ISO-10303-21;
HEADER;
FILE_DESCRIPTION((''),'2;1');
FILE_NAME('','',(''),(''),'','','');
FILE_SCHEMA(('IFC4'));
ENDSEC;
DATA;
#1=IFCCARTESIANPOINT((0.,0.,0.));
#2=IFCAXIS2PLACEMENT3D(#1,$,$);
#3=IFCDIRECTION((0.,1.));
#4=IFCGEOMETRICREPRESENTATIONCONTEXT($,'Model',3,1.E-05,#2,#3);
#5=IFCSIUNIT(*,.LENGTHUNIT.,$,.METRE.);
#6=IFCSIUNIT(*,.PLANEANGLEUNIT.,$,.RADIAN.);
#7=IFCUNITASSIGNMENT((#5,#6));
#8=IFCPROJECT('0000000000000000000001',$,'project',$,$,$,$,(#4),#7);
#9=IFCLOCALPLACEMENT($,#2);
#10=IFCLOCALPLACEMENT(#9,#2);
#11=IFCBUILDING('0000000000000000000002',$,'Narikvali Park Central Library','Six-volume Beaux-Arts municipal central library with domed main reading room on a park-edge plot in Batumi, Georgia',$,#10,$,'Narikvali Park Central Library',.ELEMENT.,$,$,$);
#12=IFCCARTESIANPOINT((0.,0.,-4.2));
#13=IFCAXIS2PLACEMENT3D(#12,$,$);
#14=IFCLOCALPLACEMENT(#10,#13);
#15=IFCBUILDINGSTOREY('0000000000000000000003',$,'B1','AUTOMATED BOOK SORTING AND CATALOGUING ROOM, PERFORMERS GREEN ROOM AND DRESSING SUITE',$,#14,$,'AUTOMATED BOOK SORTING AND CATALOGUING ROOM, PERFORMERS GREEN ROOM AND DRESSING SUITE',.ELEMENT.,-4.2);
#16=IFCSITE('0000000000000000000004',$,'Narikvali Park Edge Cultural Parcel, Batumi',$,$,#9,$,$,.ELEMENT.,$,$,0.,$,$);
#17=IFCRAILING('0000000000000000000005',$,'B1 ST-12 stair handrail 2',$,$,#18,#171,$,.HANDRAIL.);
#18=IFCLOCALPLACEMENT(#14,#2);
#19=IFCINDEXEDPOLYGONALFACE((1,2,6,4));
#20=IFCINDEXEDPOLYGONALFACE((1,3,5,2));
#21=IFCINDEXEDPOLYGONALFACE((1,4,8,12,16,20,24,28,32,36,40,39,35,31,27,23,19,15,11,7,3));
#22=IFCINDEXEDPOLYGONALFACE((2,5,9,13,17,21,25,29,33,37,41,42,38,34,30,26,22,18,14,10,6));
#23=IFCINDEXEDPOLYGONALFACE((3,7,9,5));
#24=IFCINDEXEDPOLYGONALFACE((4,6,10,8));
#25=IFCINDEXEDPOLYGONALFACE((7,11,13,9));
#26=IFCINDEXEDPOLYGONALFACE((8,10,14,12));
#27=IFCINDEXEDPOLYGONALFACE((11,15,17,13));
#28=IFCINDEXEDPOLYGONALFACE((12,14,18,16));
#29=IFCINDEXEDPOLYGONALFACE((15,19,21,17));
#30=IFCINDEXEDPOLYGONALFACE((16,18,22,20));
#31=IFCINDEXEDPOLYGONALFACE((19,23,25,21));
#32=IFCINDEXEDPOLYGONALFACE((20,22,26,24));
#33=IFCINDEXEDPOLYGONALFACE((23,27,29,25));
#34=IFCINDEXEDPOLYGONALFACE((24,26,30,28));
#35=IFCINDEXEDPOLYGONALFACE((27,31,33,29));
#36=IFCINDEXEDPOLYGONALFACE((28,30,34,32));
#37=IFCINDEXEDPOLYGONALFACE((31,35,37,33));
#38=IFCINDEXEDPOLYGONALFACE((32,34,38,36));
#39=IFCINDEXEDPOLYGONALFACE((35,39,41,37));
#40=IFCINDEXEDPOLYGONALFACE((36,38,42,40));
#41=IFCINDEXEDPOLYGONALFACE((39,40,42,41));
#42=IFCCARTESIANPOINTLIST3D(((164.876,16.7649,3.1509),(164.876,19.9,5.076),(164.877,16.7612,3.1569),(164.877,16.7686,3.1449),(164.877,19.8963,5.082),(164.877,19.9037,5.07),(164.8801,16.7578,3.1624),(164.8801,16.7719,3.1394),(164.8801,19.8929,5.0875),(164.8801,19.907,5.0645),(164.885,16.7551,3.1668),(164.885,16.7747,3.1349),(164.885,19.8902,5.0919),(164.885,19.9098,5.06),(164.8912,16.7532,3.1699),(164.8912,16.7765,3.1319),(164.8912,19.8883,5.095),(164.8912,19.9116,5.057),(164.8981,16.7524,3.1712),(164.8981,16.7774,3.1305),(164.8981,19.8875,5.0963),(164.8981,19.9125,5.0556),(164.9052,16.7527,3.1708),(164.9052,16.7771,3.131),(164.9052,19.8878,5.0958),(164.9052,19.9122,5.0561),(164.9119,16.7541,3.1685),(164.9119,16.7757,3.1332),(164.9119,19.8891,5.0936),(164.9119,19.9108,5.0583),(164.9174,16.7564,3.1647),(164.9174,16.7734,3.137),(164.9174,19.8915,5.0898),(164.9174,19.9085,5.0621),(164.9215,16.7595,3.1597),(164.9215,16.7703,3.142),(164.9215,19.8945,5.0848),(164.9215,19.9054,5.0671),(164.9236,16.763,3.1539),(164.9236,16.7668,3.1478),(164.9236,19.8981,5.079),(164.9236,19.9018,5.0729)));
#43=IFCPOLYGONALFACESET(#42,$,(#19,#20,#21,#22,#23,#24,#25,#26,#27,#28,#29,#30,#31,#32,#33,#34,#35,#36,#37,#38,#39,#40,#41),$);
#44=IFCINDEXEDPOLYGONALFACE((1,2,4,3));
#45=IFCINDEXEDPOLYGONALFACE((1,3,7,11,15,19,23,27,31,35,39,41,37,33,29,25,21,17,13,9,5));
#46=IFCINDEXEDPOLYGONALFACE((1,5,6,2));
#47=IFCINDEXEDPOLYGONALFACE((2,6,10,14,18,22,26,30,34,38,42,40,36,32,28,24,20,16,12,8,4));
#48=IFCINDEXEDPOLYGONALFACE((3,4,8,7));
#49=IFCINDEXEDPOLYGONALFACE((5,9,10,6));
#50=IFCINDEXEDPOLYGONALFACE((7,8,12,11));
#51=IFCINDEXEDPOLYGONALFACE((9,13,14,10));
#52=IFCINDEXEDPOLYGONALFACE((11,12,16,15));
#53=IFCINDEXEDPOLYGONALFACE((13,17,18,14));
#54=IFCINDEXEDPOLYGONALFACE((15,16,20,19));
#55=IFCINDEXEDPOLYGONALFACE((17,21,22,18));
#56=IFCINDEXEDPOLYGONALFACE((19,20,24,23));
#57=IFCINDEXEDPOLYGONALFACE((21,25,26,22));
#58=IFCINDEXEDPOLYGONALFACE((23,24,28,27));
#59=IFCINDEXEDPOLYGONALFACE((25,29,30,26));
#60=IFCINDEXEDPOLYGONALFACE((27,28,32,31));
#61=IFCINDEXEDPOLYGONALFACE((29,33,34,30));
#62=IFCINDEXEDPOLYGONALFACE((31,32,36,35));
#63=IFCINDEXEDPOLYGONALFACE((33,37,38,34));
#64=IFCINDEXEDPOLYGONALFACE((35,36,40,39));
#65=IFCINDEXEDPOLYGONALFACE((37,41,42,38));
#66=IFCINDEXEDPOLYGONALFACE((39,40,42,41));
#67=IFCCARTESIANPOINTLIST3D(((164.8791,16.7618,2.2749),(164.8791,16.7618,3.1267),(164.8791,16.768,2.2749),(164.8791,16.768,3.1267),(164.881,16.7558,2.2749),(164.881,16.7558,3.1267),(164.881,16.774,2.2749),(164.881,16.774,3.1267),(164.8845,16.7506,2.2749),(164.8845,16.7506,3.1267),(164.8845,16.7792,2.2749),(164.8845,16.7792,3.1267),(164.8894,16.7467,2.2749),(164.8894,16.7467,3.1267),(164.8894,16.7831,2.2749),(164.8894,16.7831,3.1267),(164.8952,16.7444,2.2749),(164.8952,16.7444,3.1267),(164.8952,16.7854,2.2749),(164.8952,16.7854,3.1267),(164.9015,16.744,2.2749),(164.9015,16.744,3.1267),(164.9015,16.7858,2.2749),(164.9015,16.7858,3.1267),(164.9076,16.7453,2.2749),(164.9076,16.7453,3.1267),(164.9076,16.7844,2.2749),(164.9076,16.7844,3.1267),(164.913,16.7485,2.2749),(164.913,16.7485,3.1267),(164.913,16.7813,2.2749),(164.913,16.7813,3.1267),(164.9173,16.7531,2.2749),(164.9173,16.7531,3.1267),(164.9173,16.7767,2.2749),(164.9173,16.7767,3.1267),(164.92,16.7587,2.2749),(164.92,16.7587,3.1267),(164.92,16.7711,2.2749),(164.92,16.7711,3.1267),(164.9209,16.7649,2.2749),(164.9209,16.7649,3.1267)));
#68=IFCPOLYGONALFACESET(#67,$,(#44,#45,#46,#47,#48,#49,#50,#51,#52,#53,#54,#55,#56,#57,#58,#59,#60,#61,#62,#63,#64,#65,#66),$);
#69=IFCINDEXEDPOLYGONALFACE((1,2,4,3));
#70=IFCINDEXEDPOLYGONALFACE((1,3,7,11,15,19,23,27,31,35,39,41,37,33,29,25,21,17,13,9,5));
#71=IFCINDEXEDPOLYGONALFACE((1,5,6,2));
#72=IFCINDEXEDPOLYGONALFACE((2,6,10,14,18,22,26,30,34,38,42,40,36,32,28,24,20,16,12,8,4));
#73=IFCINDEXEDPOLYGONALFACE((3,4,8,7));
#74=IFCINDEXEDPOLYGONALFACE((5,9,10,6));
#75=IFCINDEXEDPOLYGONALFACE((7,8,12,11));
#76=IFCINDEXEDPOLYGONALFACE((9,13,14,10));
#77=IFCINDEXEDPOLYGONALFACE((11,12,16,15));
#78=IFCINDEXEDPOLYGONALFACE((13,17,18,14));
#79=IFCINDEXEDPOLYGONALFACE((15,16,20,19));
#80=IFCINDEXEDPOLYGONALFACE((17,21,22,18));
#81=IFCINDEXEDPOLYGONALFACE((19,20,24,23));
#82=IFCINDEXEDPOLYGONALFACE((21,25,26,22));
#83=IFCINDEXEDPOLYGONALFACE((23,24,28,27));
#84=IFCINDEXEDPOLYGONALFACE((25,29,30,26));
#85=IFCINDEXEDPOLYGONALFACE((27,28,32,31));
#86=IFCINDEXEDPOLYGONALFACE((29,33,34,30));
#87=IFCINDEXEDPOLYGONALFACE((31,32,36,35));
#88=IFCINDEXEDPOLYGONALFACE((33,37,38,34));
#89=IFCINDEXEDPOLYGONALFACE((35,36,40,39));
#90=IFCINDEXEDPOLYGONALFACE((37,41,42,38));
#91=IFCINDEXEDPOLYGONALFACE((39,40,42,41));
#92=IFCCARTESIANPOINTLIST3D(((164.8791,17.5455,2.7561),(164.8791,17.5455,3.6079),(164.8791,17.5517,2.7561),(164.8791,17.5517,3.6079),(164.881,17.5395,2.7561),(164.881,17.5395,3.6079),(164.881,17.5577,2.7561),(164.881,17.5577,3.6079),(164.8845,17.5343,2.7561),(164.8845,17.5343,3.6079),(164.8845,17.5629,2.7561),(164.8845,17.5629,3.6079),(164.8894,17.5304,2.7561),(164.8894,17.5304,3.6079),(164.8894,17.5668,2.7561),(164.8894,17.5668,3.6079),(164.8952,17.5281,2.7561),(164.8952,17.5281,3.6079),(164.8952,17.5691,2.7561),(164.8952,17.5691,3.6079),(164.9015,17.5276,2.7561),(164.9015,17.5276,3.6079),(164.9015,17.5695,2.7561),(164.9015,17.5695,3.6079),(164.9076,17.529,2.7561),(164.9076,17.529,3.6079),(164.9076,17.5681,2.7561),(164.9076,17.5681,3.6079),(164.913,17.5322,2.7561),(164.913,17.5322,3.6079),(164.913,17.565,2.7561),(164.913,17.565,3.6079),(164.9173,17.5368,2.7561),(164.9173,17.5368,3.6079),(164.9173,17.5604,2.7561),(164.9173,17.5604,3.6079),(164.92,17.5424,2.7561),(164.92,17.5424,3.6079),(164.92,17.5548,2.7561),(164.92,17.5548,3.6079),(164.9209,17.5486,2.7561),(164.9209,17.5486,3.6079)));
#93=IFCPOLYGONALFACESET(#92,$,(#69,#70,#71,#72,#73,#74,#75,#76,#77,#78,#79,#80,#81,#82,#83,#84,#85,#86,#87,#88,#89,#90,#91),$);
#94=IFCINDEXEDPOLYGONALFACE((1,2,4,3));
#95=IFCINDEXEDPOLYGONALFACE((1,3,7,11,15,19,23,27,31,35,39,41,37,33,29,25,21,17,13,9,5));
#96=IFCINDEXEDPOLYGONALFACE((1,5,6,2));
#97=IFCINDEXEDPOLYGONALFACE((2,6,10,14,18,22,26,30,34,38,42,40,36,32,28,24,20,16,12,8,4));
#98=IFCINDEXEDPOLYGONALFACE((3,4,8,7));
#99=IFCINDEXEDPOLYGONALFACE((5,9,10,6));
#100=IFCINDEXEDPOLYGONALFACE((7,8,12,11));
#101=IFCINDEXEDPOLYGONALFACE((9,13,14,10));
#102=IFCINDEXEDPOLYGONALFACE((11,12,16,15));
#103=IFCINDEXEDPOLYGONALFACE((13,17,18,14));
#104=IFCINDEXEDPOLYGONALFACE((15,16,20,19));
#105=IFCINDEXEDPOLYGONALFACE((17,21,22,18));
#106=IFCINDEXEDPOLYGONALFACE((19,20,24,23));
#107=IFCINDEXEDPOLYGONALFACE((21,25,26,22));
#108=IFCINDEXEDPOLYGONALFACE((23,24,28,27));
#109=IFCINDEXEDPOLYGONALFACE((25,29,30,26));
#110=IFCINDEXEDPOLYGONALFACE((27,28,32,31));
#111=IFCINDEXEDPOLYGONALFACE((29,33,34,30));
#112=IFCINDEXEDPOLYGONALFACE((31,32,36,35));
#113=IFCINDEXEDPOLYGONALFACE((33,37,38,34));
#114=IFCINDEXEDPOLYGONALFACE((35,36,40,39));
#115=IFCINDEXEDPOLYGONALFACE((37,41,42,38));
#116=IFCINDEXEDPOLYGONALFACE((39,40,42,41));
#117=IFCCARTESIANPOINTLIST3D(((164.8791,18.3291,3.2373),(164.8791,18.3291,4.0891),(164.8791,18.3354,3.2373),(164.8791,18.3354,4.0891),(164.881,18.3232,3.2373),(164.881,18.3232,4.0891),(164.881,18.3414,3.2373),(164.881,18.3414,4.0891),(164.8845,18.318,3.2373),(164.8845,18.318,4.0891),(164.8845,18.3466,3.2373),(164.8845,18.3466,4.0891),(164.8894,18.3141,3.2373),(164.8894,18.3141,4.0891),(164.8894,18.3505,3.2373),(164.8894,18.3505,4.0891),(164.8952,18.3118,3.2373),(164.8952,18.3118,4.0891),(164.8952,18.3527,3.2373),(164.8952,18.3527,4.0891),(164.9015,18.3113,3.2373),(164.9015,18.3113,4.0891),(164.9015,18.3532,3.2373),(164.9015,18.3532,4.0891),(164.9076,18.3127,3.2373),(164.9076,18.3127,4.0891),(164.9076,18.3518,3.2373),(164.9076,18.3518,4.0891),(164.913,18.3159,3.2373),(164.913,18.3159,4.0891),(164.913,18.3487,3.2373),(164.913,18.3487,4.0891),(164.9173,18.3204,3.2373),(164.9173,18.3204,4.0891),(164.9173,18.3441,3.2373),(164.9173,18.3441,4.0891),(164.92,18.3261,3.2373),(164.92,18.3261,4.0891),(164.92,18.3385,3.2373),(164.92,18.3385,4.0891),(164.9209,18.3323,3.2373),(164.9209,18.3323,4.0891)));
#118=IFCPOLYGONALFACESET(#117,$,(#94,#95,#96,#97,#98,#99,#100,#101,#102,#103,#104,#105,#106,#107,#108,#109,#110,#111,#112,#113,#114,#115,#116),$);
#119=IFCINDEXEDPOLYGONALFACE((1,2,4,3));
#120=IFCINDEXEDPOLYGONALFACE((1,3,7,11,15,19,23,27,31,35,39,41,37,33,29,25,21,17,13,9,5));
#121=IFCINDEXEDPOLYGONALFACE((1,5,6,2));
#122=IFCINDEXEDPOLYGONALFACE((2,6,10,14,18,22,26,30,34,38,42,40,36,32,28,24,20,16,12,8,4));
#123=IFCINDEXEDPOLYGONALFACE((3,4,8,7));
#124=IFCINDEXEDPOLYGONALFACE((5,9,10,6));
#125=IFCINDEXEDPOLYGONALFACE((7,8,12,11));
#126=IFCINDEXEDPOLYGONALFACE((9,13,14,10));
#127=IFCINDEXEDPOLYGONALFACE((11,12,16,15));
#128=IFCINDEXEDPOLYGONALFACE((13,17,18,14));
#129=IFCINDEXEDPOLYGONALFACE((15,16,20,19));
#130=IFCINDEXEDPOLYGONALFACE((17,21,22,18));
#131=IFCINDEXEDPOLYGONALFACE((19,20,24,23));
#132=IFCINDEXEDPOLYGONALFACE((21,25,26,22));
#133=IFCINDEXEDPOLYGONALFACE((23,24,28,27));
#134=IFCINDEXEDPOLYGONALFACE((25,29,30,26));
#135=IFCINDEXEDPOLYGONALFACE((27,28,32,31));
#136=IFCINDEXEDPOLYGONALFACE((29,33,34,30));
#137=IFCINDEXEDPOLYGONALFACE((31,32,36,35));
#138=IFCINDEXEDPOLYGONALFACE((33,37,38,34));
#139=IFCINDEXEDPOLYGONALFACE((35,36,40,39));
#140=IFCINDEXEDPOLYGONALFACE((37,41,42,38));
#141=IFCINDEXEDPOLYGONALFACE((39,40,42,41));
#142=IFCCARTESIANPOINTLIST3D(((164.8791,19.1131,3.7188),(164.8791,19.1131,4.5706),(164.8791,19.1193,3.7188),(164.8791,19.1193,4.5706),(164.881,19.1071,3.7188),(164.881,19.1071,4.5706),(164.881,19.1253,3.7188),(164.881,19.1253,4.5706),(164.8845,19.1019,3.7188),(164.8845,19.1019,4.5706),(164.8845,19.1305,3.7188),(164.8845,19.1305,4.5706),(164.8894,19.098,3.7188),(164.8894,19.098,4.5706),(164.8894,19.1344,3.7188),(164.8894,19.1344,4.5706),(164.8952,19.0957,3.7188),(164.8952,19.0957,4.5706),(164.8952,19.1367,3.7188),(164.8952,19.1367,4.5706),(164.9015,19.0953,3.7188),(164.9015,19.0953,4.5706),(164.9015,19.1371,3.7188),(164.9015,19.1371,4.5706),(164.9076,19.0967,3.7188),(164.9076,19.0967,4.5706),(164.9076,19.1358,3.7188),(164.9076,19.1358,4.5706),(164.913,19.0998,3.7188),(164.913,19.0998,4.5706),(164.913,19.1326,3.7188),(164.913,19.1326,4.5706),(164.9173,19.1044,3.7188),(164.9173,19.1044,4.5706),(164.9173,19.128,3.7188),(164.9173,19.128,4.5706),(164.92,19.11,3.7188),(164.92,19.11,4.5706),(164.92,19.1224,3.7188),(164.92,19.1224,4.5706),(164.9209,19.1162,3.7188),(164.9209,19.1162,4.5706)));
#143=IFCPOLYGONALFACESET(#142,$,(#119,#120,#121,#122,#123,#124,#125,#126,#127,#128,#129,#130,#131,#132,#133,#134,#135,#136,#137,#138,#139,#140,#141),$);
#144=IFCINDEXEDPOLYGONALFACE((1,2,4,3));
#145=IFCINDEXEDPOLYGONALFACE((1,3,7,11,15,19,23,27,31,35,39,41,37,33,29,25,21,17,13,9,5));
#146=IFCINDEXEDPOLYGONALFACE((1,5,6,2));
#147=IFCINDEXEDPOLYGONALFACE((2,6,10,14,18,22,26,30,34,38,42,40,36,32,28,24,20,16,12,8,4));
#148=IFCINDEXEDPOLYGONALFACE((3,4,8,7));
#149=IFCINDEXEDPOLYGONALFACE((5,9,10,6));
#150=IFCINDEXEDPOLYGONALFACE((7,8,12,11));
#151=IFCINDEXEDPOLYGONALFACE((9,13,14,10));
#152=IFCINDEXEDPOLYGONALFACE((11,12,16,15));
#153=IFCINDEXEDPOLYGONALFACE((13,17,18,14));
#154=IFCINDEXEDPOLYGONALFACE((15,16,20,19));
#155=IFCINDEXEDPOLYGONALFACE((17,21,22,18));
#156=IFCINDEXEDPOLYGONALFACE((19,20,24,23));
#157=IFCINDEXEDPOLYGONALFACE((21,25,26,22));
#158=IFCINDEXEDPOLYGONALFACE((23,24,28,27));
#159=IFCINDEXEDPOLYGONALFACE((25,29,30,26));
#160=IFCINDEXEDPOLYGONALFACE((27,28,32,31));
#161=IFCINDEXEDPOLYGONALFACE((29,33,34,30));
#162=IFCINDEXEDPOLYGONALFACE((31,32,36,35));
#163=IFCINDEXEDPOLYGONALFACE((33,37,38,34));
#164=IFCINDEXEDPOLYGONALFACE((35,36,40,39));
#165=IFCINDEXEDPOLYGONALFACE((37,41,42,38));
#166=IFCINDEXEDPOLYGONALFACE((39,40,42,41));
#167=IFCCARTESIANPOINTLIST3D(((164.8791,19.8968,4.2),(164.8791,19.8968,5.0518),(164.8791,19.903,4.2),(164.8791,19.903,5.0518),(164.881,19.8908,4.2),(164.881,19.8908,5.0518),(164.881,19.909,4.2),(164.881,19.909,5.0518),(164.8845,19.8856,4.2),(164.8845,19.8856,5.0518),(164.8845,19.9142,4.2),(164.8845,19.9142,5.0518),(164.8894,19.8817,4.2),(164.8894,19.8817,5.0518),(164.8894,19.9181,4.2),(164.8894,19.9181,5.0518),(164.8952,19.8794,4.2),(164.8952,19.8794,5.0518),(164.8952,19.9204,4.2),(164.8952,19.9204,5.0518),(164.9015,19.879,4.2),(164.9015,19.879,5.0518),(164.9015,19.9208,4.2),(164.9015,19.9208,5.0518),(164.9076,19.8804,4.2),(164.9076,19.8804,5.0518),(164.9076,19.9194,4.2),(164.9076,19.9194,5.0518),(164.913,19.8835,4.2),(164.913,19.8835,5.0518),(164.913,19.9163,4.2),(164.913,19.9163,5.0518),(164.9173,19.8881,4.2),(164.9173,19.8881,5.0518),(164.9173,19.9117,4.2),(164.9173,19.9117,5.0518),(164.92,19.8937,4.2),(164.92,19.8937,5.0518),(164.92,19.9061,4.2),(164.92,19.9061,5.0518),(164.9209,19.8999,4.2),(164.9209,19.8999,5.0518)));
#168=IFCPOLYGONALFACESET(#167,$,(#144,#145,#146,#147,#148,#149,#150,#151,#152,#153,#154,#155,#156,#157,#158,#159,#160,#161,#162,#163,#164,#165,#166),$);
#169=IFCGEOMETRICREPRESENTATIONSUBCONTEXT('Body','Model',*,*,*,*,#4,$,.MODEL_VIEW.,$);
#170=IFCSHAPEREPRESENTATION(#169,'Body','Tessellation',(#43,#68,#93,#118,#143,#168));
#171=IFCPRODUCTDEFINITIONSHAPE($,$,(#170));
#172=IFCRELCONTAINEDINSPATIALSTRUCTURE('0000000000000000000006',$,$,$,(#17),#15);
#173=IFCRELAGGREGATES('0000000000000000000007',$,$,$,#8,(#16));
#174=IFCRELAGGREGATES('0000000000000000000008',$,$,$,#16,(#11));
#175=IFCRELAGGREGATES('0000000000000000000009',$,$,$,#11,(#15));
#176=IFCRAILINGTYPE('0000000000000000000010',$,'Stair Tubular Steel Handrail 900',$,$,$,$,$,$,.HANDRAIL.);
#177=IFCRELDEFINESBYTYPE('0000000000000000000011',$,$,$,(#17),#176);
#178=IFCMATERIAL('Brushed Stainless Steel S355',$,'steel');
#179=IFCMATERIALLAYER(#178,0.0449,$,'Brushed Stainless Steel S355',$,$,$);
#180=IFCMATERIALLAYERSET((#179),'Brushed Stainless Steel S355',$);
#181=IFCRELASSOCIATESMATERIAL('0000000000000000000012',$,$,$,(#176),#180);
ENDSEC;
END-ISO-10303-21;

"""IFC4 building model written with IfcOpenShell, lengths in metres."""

from ifc_helpers import new_model, si_unit, direction, frame, origin, origin_2d, place, context, subcontext, project, spatial, circle, extrude, material, layer, layer_set, type_object, element, save


model = new_model("IFC4")

# Units and contexts
model_context = context("Model", 3, precision=1e-05, world=origin(), true_north=direction((0.0, 1.0)))
body_context = subcontext(model_context, "Body", "Model", "MODEL_VIEW")
ifc_project = project(units=[si_unit("LENGTHUNIT", "METRE"), si_unit("PLANEANGLEUNIT", "RADIAN")], contexts=[model_context])

# Site, building, storey
site_placement = place(None, origin())
site = spatial("IfcSite", under=ifc_project, at=site_placement, Name="Narikvali Park Edge Cultural Parcel, Batumi", CompositionType="ELEMENT", RefElevation=0.0)
building_placement = place(site_placement, origin())
building = spatial("IfcBuilding", under=site, at=building_placement, Name="Narikvali Park Central Library", Description="Six-volume Beaux-Arts municipal central library with domed main reading room on a park-edge plot in Batumi, Georgia", LongName="Narikvali Park Central Library", CompositionType="ELEMENT")
storey_placement = place(building_placement, frame((0.0, 0.0, -4.2)))
storey = spatial("IfcBuildingStorey", under=building, at=storey_placement, Name="B1", Description="AUTOMATED BOOK SORTING AND CATALOGUING ROOM, PERFORMERS GREEN ROOM AND DRESSING SUITE", LongName="AUTOMATED BOOK SORTING AND CATALOGUING ROOM, PERFORMERS GREEN ROOM AND DRESSING SUITE", CompositionType="ELEMENT", Elevation=-4.2)

# Railing
ifc_material_1 = material(Name="Brushed Stainless Steel S355", Category="steel")
ifc_layer_1 = layer(ifc_material_1, 0.0449, Name="Brushed Stainless Steel S355")
ifc_layer_set_1 = layer_set([ifc_layer_1], Name="Brushed Stainless Steel S355")
railing_type_1 = type_object("IfcRailingType", Name="Stair Tubular Steel Handrail 900", PredefinedType="HANDRAIL", material=ifc_layer_set_1)
railing_1_placement = place(storey_placement, frame((164.8999, 16.7649, 2.2749)))
element("IfcRailing", 1, at=railing_1_placement, inside=storey, type_object=railing_type_1, Name="B1 ST-12 stair handrail 2", PredefinedType="HANDRAIL", context=body_context, shape_type="SweptSolid", body=[
    extrude(circle(Radius=0.0239, at=origin_2d()), frame((0.0, 0.0, 0.876), z_axis=(0.0, 0.852166, 0.523271), x_axis=(-1.0, 0.0, 0.0)), (0.0, 0.0, 1.0), 3.679),
    extrude(circle(Radius=0.021, at=origin_2d()), origin(), (0.0, 0.0, 1.0), 0.8518),
    extrude(circle(Radius=0.021, at=origin_2d()), frame((0.0, 0.7837, 0.4812)), (0.0, 0.0, 1.0), 0.8518),
    extrude(circle(Radius=0.021, at=origin_2d()), frame((0.0, 1.5674, 0.9624)), (0.0, 0.0, 1.0), 0.8518),
    extrude(circle(Radius=0.021, at=origin_2d()), frame((0.0, 2.3513, 1.4438)), (0.0, 0.0, 1.0), 0.8518),
    extrude(circle(Radius=0.021, at=origin_2d()), frame((0.0, 3.135, 1.925)), (0.0, 0.0, 1.0), 0.8518),
])

save(model, "model.ifc")
